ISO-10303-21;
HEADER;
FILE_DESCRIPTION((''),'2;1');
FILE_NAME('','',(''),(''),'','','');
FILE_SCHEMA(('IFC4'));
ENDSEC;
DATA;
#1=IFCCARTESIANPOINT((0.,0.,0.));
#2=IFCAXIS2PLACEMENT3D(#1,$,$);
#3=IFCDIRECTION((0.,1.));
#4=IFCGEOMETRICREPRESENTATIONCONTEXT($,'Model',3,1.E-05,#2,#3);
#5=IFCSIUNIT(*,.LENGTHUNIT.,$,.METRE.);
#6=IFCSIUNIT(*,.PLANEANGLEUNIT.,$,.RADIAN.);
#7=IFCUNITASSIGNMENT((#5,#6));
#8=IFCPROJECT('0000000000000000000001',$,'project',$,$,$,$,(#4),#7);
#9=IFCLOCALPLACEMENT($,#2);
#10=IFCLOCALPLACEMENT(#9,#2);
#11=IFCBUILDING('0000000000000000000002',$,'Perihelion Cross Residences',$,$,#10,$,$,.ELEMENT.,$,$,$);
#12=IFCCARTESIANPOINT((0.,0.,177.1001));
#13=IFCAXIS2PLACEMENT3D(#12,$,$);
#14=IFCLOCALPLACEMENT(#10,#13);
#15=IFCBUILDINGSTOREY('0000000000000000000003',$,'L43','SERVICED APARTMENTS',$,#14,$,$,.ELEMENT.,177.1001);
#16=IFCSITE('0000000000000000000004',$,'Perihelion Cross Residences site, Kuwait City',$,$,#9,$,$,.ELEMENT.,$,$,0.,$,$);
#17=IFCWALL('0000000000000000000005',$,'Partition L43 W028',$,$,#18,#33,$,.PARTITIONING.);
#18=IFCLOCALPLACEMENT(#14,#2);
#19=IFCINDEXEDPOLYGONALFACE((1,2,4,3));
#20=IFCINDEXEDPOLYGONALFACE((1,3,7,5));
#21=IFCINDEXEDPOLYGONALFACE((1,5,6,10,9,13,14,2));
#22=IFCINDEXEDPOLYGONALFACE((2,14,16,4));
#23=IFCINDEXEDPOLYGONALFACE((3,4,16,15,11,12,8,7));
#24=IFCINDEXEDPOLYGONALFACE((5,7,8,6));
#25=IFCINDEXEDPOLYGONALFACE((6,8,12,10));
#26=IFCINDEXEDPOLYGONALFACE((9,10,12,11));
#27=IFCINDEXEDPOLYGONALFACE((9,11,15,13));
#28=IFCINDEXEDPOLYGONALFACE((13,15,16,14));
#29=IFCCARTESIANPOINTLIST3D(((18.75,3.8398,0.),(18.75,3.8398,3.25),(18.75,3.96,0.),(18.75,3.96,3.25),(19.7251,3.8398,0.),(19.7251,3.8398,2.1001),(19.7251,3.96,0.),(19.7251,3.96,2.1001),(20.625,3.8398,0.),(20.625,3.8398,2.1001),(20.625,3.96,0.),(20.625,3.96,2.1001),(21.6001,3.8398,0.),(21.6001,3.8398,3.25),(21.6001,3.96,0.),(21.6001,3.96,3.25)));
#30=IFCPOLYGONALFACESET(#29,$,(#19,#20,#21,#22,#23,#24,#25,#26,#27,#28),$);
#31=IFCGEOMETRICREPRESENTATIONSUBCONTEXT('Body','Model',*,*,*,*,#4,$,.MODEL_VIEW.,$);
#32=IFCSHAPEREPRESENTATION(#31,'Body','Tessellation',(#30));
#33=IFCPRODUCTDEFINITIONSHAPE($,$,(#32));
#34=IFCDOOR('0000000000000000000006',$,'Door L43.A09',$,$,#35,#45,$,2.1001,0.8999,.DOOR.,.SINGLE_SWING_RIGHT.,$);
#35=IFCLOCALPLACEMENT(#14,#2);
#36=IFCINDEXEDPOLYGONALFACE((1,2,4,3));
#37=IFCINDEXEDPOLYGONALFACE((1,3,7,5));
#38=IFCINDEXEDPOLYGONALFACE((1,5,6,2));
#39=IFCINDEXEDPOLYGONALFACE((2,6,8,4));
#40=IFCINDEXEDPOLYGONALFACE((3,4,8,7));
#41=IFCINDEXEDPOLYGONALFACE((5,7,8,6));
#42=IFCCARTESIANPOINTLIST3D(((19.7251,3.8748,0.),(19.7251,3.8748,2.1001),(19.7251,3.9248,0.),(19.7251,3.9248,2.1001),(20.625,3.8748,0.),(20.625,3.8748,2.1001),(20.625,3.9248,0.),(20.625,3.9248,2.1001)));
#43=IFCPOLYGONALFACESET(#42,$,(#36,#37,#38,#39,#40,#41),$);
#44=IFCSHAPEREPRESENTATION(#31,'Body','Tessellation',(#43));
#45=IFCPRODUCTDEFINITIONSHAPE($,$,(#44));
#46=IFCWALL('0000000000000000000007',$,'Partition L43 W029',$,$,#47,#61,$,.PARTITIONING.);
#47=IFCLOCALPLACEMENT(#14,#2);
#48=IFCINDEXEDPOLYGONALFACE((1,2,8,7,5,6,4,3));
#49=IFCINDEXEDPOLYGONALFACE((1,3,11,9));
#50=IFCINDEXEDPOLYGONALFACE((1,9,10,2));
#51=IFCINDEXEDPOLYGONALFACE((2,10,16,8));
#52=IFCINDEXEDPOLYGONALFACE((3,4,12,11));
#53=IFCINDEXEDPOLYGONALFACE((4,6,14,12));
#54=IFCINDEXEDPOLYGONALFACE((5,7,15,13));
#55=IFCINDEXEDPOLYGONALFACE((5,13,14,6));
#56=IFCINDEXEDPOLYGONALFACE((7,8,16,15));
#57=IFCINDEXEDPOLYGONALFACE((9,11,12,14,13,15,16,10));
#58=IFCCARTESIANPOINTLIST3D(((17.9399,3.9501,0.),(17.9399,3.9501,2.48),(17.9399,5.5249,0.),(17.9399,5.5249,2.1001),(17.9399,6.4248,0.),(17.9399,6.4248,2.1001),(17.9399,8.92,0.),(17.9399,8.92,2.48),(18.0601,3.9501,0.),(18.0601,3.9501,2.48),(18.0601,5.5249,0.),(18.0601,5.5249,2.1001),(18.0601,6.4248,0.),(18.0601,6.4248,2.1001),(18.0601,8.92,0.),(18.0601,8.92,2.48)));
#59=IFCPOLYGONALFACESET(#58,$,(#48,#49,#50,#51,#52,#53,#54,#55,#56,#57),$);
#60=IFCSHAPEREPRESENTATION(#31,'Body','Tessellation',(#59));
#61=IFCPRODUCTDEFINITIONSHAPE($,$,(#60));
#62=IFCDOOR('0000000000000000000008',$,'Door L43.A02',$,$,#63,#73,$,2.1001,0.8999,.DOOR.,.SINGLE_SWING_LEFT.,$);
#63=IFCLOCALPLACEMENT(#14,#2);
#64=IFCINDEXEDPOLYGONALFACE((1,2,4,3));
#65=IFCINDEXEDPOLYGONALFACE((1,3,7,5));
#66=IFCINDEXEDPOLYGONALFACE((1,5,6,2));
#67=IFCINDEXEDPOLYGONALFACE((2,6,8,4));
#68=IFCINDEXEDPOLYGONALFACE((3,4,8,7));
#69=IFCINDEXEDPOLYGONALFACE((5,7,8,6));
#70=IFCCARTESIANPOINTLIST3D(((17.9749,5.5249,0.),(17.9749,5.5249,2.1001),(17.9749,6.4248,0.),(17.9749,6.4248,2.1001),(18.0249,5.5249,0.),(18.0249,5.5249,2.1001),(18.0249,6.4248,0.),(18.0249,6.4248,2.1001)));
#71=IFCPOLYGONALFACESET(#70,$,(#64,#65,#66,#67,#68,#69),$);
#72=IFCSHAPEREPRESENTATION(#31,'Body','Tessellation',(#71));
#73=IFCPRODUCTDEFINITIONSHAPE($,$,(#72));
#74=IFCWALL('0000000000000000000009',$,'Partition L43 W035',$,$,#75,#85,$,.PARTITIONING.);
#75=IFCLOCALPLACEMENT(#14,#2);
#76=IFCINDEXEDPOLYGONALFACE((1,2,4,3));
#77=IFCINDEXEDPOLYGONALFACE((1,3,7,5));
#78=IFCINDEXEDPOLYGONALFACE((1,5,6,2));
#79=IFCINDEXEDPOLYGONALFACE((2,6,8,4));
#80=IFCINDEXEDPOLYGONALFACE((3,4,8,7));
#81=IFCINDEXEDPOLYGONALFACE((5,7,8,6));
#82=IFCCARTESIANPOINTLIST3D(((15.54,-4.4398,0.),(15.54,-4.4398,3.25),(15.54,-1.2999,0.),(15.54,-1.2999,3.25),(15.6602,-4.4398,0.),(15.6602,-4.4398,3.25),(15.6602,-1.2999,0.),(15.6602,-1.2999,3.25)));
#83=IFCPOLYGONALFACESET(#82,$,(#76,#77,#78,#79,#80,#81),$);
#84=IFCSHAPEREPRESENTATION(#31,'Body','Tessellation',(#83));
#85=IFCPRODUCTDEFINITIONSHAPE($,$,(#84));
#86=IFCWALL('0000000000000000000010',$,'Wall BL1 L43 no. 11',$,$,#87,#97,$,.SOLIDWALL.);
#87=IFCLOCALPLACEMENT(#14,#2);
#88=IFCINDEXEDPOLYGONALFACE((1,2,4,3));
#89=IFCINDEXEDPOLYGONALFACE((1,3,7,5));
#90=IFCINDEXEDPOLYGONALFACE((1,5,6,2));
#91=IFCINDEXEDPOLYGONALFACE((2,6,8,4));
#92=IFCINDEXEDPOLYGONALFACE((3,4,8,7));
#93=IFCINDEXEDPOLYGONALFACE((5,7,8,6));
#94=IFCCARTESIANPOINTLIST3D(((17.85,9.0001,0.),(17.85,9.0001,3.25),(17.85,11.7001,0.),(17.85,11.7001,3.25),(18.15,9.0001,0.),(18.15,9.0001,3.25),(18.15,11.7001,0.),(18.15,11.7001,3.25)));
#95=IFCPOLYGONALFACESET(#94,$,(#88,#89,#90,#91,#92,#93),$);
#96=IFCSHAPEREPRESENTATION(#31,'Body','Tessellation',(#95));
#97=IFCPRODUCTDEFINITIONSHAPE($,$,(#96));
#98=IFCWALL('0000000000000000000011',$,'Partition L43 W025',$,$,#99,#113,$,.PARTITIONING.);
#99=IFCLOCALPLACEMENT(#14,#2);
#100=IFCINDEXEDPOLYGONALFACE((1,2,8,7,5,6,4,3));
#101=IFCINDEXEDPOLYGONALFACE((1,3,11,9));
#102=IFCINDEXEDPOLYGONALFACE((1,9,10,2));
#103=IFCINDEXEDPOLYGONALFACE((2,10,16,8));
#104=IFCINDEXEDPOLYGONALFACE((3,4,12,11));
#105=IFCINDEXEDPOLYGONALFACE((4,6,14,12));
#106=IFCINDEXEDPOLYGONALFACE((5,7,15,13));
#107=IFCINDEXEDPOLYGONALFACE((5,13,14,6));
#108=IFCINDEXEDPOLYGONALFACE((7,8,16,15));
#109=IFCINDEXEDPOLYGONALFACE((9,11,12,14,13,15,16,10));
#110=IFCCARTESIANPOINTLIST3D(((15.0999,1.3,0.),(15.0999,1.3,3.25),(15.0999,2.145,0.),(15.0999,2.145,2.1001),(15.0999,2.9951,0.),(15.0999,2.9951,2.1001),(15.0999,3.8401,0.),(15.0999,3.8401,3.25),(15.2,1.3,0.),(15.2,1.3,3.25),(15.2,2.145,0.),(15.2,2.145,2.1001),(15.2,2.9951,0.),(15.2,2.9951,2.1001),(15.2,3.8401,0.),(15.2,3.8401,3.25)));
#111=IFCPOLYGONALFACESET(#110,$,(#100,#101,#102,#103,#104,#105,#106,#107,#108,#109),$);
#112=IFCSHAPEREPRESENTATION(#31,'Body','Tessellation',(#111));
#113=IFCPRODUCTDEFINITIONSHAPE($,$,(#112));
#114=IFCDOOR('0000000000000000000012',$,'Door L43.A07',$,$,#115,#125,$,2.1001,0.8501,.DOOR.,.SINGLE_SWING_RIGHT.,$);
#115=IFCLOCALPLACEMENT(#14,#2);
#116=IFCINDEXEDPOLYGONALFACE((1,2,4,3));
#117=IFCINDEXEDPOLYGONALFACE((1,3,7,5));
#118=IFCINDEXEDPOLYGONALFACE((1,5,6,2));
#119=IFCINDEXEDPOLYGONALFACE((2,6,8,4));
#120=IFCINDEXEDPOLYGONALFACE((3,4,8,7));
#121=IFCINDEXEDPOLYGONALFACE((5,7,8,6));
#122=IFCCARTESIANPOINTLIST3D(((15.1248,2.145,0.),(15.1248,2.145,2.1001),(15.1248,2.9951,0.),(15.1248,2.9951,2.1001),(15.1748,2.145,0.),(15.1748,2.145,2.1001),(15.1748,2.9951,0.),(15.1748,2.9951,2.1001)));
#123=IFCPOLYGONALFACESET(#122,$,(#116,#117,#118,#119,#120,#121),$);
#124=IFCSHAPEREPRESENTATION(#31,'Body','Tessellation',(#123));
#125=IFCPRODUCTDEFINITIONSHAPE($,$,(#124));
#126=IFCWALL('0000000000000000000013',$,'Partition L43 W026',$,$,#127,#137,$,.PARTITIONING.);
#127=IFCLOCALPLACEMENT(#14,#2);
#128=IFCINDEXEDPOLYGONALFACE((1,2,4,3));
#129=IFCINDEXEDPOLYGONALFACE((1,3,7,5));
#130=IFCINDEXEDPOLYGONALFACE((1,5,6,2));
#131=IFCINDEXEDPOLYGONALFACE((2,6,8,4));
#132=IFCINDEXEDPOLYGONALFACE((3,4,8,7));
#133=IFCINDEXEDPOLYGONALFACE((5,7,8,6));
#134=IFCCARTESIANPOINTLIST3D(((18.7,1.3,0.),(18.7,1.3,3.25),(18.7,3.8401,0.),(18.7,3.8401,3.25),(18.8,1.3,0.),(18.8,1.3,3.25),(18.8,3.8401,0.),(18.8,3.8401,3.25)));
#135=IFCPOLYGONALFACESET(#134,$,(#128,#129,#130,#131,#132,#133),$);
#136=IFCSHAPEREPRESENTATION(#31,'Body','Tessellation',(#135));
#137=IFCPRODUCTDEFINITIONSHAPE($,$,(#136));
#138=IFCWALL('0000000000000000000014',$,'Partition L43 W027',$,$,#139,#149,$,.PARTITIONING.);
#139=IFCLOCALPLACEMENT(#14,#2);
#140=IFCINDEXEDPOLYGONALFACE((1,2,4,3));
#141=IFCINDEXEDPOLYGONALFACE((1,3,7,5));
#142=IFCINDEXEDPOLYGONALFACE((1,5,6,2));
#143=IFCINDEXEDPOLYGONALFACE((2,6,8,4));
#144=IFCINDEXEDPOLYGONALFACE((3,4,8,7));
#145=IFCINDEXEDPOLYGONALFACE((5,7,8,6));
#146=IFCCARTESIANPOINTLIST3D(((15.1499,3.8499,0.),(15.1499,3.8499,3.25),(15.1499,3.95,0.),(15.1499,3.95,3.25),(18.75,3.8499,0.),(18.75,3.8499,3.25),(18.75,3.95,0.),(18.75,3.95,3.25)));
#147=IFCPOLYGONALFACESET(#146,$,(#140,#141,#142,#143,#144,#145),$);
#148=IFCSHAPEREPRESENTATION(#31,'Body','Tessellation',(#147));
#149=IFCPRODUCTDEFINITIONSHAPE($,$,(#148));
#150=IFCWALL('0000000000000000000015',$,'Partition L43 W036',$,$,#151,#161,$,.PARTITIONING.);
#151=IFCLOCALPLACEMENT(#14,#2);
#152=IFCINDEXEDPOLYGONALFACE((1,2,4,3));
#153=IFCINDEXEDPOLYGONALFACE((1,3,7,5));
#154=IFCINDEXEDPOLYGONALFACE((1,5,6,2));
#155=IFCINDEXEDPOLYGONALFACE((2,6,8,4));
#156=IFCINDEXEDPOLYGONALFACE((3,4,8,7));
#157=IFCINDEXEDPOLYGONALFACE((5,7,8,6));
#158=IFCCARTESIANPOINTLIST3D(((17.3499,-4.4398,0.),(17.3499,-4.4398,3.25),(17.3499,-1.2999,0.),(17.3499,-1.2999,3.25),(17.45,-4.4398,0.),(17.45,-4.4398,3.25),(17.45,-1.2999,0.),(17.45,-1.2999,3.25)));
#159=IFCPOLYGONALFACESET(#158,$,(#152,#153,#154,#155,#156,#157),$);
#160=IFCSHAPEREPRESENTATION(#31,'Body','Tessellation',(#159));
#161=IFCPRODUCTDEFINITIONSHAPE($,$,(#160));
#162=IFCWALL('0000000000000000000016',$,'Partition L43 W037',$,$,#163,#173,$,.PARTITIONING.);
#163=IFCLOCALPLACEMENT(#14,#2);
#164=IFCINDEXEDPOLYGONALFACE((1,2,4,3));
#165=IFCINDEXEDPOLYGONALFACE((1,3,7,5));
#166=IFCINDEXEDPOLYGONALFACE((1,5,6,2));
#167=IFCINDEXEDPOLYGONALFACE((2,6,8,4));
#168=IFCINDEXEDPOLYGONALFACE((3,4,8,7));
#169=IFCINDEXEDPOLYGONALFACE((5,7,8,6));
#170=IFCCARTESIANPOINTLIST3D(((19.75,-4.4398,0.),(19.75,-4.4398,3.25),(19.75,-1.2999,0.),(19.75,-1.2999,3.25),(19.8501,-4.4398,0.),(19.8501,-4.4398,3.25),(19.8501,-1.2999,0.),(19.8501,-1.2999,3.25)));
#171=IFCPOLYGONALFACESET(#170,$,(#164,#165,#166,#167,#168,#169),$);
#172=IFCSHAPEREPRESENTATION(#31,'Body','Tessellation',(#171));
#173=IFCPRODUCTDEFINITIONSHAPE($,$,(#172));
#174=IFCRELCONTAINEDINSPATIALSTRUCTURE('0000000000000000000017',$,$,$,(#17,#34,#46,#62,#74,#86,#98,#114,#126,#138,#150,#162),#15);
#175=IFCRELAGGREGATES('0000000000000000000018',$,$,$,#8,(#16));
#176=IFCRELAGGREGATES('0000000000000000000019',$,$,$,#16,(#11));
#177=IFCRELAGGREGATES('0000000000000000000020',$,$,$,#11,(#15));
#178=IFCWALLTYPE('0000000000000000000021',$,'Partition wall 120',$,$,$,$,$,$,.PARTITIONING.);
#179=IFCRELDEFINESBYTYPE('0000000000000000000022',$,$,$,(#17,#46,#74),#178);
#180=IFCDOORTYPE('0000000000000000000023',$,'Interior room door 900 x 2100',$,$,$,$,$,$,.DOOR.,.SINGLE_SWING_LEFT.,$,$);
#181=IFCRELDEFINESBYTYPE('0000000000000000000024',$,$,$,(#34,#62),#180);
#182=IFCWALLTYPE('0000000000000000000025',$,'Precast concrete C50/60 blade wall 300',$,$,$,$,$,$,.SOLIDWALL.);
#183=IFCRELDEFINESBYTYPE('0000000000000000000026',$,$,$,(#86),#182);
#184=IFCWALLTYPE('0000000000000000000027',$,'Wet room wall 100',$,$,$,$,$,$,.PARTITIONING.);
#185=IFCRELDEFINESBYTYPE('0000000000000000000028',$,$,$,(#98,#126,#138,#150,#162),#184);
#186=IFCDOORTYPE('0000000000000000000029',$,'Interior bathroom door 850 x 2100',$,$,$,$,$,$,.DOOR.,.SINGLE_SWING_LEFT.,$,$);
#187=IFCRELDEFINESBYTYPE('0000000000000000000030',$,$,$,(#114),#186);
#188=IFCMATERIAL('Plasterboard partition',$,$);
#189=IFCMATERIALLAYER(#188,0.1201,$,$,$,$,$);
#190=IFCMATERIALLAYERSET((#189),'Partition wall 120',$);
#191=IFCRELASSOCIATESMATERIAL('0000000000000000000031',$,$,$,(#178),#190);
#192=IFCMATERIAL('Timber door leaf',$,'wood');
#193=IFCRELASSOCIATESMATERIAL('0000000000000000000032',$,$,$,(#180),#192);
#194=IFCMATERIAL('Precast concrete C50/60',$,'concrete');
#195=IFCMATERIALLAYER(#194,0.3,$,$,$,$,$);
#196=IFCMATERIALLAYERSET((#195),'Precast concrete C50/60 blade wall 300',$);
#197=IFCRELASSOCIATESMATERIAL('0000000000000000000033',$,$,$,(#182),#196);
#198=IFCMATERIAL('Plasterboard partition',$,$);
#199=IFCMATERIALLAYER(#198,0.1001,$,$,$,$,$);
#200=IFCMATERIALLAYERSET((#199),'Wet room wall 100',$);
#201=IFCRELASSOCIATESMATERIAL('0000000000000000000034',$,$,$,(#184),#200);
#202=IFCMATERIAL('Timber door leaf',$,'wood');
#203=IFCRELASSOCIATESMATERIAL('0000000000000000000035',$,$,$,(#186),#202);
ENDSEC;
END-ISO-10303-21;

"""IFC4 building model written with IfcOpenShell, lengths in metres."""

from ifc_helpers import new_model, si_unit, direction, frame, frame_2d, origin, place, context, subcontext, project, spatial, rectangle, extrude, material, layer, layer_set, type_object, element, fill, save


model = new_model("IFC4")

# Units and contexts
model_context = context("Model", 3, precision=1e-05, world=origin(), true_north=direction((0.0, 1.0)))
body_context = subcontext(model_context, "Body", "Model", "MODEL_VIEW")
ifc_project = project(units=[si_unit("LENGTHUNIT", "METRE"), si_unit("PLANEANGLEUNIT", "RADIAN")], contexts=[model_context])

# Site, building, storey
site_placement = place(None, origin())
site = spatial("IfcSite", under=ifc_project, at=site_placement, Name="Perihelion Cross Residences site, Kuwait City", CompositionType="ELEMENT", RefElevation=0.0)
building_placement = place(site_placement, origin())
building = spatial("IfcBuilding", under=site, at=building_placement, Name="Perihelion Cross Residences", CompositionType="ELEMENT")
storey_placement = place(building_placement, frame((0.0, 0.0, 177.1001)))
storey = spatial("IfcBuildingStorey", under=building, at=storey_placement, Name="L43", Description="SERVICED APARTMENTS", CompositionType="ELEMENT", Elevation=177.1001)

# Walls, openings, doors
ifc_material_1 = material(Name="Plasterboard partition")
ifc_layer_1 = layer(ifc_material_1, 0.1201)
ifc_layer_set_1 = layer_set([ifc_layer_1], Name="Partition wall 120")
wall_type_1 = type_object("IfcWallType", Name="Partition wall 120", PredefinedType="PARTITIONING", material=ifc_layer_set_1)
ifc_material_2 = material(Name="Timber door leaf", Category="wood")
door_type_1 = type_object("IfcDoorType", Name="Interior room door 900 x 2100", OperationType="SINGLE_SWING_LEFT", PredefinedType="DOOR", material=ifc_material_2)
wall_1_placement = place(storey_placement, frame((18.75, 3.8999, 0.0), z_axis=(0.0, 0.0, 1.0), x_axis=(1.0, 0.0, 0.0)))
wall_1 = element("IfcWall", 1, at=wall_1_placement, inside=storey, type_object=wall_type_1, Name="Partition L43 W028", PredefinedType="PARTITIONING", context=body_context, shape_type="SweptSolid", body=[
    extrude(rectangle(XDim=2.8501, YDim=0.1201, at=frame_2d((1.425, 0.0))), origin(), (0.0, 0.0, 1.0), 3.25),
])
opening_1_placement = place(wall_1_placement, frame((0.9751, 0.0, 0.0)))
opening_1 = element("IfcOpeningElement", 2, at=opening_1_placement, cuts=wall_1, PredefinedType="OPENING", context=body_context, shape_type="SweptSolid", body=[
    extrude(rectangle(XDim=0.8999, YDim=2.1001, at=frame_2d((0.45, 1.05))), frame((0.0, 0.0701, 0.0), z_axis=(0.0, -1.0, 0.0), x_axis=(1.0, 0.0, 0.0)), (0.0, 0.0, 1.0), 0.1401),
])
door_1_placement = place(opening_1_placement, origin())
door_1 = element("IfcDoor", 3, at=door_1_placement, inside=storey, type_object=door_type_1, Name="Door L43.A09", OperationType="SINGLE_SWING_RIGHT", OverallHeight=2.1001, OverallWidth=0.8999, PredefinedType="DOOR", context=body_context, shape_type="SweptSolid", body=[
    extrude(rectangle(XDim=0.8999, YDim=2.1001, at=frame_2d((0.45, 1.05))), frame((0.0, 0.0249, 0.0), z_axis=(0.0, -1.0, 0.0), x_axis=(1.0, 0.0, 0.0)), (0.0, 0.0, 1.0), 0.05),
])
fill(opening_1, door_1)
wall_2_placement = place(storey_placement, frame((18.0, 8.9199, 0.0), z_axis=(0.0, 0.0, 1.0), x_axis=(0.0, -1.0, 0.0)))
wall_2 = element("IfcWall", 4, at=wall_2_placement, inside=storey, type_object=wall_type_1, Name="Partition L43 W029", PredefinedType="PARTITIONING", context=body_context, shape_type="SweptSolid", body=[
    extrude(rectangle(XDim=4.97, YDim=0.1201, at=frame_2d((2.4849, 0.0))), origin(), (0.0, 0.0, 1.0), 2.48),
])
opening_2_placement = place(wall_2_placement, frame((2.4951, 0.0, 0.0)))
opening_2 = element("IfcOpeningElement", 5, at=opening_2_placement, cuts=wall_2, PredefinedType="OPENING", context=body_context, shape_type="SweptSolid", body=[
    extrude(rectangle(XDim=0.8999, YDim=2.1001, at=frame_2d((0.45, 1.05))), frame((0.0, 0.0701, 0.0), z_axis=(0.0, -1.0, 0.0), x_axis=(1.0, 0.0, 0.0)), (0.0, 0.0, 1.0), 0.1401),
])
door_2_placement = place(opening_2_placement, origin())
door_2 = element("IfcDoor", 6, at=door_2_placement, inside=storey, type_object=door_type_1, Name="Door L43.A02", OperationType="SINGLE_SWING_LEFT", OverallHeight=2.1001, OverallWidth=0.8999, PredefinedType="DOOR", context=body_context, shape_type="SweptSolid", body=[
    extrude(rectangle(XDim=0.8999, YDim=2.1001, at=frame_2d((0.45, 1.05))), frame((0.0, 0.0249, 0.0), z_axis=(0.0, -1.0, 0.0), x_axis=(1.0, 0.0, 0.0)), (0.0, 0.0, 1.0), 0.05),
])
fill(opening_2, door_2)

# Walls
wall_3_placement = place(storey_placement, frame((15.6001, -1.3, 0.0), z_axis=(0.0, 0.0, 1.0), x_axis=(0.0, -1.0, 0.0)))
element("IfcWall", 7, at=wall_3_placement, inside=storey, type_object=wall_type_1, Name="Partition L43 W035", PredefinedType="PARTITIONING", context=body_context, shape_type="SweptSolid", body=[
    extrude(rectangle(XDim=3.1399, YDim=0.1201, at=frame_2d((1.5698, 0.0))), origin(), (0.0, 0.0, 1.0), 3.25),
])
ifc_material_3 = material(Name="Precast concrete C50/60", Category="concrete")
ifc_layer_2 = layer(ifc_material_3, 0.3)
ifc_layer_set_2 = layer_set([ifc_layer_2], Name="Precast concrete C50/60 blade wall 300")
wall_type_2 = type_object("IfcWallType", Name="Precast concrete C50/60 blade wall 300", PredefinedType="SOLIDWALL", material=ifc_layer_set_2)
wall_4_placement = place(storey_placement, frame((18.0, 9.0, 0.0), z_axis=(0.0, 0.0, 1.0), x_axis=(0.0, 1.0, 0.0)))
element("IfcWall", 8, at=wall_4_placement, inside=storey, type_object=wall_type_2, Name="Wall BL1 L43 no. 11", PredefinedType="SOLIDWALL", context=body_context, shape_type="SweptSolid", body=[
    extrude(rectangle(XDim=2.7, YDim=0.3, at=frame_2d((1.3501, 0.0))), origin(), (0.0, 0.0, 1.0), 3.25),
])

# Wall, opening, door
ifc_material_4 = material(Name="Plasterboard partition")
ifc_layer_3 = layer(ifc_material_4, 0.1001)
ifc_layer_set_3 = layer_set([ifc_layer_3], Name="Wet room wall 100")
wall_type_3 = type_object("IfcWallType", Name="Wet room wall 100", PredefinedType="PARTITIONING", material=ifc_layer_set_3)
wall_5_placement = place(storey_placement, frame((15.1499, 3.8401, 0.0), z_axis=(0.0, 0.0, 1.0), x_axis=(0.0, -1.0, 0.0)))
wall_5 = element("IfcWall", 9, at=wall_5_placement, inside=storey, type_object=wall_type_3, Name="Partition L43 W025", PredefinedType="PARTITIONING", context=body_context, shape_type="SweptSolid", body=[
    extrude(rectangle(XDim=2.54, YDim=0.1001, at=frame_2d((1.27, 0.0))), origin(), (0.0, 0.0, 1.0), 3.25),
])
opening_3_placement = place(wall_5_placement, frame((0.845, 0.0, 0.0)))
opening_3 = element("IfcOpeningElement", 10, at=opening_3_placement, cuts=wall_5, PredefinedType="OPENING", context=body_context, shape_type="SweptSolid", body=[
    extrude(rectangle(XDim=0.8501, YDim=2.1001, at=frame_2d((0.425, 1.05))), frame((0.0, 0.0601, 0.0), z_axis=(0.0, -1.0, 0.0), x_axis=(1.0, 0.0, 0.0)), (0.0, 0.0, 1.0), 0.1201),
])
ifc_material_5 = material(Name="Timber door leaf", Category="wood")
door_type_2 = type_object("IfcDoorType", Name="Interior bathroom door 850 x 2100", OperationType="SINGLE_SWING_LEFT", PredefinedType="DOOR", material=ifc_material_5)
door_3_placement = place(opening_3_placement, origin())
door_3 = element("IfcDoor", 11, at=door_3_placement, inside=storey, type_object=door_type_2, Name="Door L43.A07", OperationType="SINGLE_SWING_RIGHT", OverallHeight=2.1001, OverallWidth=0.8501, PredefinedType="DOOR", context=body_context, shape_type="SweptSolid", body=[
    extrude(rectangle(XDim=0.8501, YDim=2.1001, at=frame_2d((0.425, 1.05))), frame((0.0, 0.0249, 0.0), z_axis=(0.0, -1.0, 0.0), x_axis=(1.0, 0.0, 0.0)), (0.0, 0.0, 1.0), 0.05),
])
fill(opening_3, door_3)

# Walls
wall_6_placement = place(storey_placement, frame((18.75, 3.8401, 0.0), z_axis=(0.0, 0.0, 1.0), x_axis=(0.0, -1.0, 0.0)))
element("IfcWall", 12, at=wall_6_placement, inside=storey, type_object=wall_type_3, Name="Partition L43 W026", PredefinedType="PARTITIONING", context=body_context, shape_type="SweptSolid", body=[
    extrude(rectangle(XDim=2.54, YDim=0.1001, at=frame_2d((1.27, 0.0))), origin(), (0.0, 0.0, 1.0), 3.25),
])
wall_7_placement = place(storey_placement, frame((15.1499, 3.8999, 0.0), z_axis=(0.0, 0.0, 1.0), x_axis=(1.0, 0.0, 0.0)))
element("IfcWall", 13, at=wall_7_placement, inside=storey, type_object=wall_type_3, Name="Partition L43 W027", PredefinedType="PARTITIONING", context=body_context, shape_type="SweptSolid", body=[
    extrude(rectangle(XDim=3.6001, YDim=0.1001, at=frame_2d((1.8, 0.0))), origin(), (0.0, 0.0, 1.0), 3.25),
])
for number, where, z_axis, x_axis, name in (
    (14, (17.3999, -1.3, 0.0), (0.0, 0.0, 1.0), (0.0, -1.0, 0.0), "Partition L43 W036"),
    (15, (19.8, -1.3, 0.0), (0.0, 0.0, 1.0), (0.0, -1.0, 0.0), "Partition L43 W037"),
):
    element("IfcWall", number, at=place(storey_placement, frame(where, z_axis=z_axis, x_axis=x_axis)), inside=storey, type_object=wall_type_3, Name=name, PredefinedType="PARTITIONING", context=body_context, shape_type="SweptSolid", body=[
        extrude(rectangle(XDim=3.1399, YDim=0.1001, at=frame_2d((1.5698, 0.0))), origin(), (0.0, 0.0, 1.0), 3.25),
    ])

save(model, "model.ifc")
